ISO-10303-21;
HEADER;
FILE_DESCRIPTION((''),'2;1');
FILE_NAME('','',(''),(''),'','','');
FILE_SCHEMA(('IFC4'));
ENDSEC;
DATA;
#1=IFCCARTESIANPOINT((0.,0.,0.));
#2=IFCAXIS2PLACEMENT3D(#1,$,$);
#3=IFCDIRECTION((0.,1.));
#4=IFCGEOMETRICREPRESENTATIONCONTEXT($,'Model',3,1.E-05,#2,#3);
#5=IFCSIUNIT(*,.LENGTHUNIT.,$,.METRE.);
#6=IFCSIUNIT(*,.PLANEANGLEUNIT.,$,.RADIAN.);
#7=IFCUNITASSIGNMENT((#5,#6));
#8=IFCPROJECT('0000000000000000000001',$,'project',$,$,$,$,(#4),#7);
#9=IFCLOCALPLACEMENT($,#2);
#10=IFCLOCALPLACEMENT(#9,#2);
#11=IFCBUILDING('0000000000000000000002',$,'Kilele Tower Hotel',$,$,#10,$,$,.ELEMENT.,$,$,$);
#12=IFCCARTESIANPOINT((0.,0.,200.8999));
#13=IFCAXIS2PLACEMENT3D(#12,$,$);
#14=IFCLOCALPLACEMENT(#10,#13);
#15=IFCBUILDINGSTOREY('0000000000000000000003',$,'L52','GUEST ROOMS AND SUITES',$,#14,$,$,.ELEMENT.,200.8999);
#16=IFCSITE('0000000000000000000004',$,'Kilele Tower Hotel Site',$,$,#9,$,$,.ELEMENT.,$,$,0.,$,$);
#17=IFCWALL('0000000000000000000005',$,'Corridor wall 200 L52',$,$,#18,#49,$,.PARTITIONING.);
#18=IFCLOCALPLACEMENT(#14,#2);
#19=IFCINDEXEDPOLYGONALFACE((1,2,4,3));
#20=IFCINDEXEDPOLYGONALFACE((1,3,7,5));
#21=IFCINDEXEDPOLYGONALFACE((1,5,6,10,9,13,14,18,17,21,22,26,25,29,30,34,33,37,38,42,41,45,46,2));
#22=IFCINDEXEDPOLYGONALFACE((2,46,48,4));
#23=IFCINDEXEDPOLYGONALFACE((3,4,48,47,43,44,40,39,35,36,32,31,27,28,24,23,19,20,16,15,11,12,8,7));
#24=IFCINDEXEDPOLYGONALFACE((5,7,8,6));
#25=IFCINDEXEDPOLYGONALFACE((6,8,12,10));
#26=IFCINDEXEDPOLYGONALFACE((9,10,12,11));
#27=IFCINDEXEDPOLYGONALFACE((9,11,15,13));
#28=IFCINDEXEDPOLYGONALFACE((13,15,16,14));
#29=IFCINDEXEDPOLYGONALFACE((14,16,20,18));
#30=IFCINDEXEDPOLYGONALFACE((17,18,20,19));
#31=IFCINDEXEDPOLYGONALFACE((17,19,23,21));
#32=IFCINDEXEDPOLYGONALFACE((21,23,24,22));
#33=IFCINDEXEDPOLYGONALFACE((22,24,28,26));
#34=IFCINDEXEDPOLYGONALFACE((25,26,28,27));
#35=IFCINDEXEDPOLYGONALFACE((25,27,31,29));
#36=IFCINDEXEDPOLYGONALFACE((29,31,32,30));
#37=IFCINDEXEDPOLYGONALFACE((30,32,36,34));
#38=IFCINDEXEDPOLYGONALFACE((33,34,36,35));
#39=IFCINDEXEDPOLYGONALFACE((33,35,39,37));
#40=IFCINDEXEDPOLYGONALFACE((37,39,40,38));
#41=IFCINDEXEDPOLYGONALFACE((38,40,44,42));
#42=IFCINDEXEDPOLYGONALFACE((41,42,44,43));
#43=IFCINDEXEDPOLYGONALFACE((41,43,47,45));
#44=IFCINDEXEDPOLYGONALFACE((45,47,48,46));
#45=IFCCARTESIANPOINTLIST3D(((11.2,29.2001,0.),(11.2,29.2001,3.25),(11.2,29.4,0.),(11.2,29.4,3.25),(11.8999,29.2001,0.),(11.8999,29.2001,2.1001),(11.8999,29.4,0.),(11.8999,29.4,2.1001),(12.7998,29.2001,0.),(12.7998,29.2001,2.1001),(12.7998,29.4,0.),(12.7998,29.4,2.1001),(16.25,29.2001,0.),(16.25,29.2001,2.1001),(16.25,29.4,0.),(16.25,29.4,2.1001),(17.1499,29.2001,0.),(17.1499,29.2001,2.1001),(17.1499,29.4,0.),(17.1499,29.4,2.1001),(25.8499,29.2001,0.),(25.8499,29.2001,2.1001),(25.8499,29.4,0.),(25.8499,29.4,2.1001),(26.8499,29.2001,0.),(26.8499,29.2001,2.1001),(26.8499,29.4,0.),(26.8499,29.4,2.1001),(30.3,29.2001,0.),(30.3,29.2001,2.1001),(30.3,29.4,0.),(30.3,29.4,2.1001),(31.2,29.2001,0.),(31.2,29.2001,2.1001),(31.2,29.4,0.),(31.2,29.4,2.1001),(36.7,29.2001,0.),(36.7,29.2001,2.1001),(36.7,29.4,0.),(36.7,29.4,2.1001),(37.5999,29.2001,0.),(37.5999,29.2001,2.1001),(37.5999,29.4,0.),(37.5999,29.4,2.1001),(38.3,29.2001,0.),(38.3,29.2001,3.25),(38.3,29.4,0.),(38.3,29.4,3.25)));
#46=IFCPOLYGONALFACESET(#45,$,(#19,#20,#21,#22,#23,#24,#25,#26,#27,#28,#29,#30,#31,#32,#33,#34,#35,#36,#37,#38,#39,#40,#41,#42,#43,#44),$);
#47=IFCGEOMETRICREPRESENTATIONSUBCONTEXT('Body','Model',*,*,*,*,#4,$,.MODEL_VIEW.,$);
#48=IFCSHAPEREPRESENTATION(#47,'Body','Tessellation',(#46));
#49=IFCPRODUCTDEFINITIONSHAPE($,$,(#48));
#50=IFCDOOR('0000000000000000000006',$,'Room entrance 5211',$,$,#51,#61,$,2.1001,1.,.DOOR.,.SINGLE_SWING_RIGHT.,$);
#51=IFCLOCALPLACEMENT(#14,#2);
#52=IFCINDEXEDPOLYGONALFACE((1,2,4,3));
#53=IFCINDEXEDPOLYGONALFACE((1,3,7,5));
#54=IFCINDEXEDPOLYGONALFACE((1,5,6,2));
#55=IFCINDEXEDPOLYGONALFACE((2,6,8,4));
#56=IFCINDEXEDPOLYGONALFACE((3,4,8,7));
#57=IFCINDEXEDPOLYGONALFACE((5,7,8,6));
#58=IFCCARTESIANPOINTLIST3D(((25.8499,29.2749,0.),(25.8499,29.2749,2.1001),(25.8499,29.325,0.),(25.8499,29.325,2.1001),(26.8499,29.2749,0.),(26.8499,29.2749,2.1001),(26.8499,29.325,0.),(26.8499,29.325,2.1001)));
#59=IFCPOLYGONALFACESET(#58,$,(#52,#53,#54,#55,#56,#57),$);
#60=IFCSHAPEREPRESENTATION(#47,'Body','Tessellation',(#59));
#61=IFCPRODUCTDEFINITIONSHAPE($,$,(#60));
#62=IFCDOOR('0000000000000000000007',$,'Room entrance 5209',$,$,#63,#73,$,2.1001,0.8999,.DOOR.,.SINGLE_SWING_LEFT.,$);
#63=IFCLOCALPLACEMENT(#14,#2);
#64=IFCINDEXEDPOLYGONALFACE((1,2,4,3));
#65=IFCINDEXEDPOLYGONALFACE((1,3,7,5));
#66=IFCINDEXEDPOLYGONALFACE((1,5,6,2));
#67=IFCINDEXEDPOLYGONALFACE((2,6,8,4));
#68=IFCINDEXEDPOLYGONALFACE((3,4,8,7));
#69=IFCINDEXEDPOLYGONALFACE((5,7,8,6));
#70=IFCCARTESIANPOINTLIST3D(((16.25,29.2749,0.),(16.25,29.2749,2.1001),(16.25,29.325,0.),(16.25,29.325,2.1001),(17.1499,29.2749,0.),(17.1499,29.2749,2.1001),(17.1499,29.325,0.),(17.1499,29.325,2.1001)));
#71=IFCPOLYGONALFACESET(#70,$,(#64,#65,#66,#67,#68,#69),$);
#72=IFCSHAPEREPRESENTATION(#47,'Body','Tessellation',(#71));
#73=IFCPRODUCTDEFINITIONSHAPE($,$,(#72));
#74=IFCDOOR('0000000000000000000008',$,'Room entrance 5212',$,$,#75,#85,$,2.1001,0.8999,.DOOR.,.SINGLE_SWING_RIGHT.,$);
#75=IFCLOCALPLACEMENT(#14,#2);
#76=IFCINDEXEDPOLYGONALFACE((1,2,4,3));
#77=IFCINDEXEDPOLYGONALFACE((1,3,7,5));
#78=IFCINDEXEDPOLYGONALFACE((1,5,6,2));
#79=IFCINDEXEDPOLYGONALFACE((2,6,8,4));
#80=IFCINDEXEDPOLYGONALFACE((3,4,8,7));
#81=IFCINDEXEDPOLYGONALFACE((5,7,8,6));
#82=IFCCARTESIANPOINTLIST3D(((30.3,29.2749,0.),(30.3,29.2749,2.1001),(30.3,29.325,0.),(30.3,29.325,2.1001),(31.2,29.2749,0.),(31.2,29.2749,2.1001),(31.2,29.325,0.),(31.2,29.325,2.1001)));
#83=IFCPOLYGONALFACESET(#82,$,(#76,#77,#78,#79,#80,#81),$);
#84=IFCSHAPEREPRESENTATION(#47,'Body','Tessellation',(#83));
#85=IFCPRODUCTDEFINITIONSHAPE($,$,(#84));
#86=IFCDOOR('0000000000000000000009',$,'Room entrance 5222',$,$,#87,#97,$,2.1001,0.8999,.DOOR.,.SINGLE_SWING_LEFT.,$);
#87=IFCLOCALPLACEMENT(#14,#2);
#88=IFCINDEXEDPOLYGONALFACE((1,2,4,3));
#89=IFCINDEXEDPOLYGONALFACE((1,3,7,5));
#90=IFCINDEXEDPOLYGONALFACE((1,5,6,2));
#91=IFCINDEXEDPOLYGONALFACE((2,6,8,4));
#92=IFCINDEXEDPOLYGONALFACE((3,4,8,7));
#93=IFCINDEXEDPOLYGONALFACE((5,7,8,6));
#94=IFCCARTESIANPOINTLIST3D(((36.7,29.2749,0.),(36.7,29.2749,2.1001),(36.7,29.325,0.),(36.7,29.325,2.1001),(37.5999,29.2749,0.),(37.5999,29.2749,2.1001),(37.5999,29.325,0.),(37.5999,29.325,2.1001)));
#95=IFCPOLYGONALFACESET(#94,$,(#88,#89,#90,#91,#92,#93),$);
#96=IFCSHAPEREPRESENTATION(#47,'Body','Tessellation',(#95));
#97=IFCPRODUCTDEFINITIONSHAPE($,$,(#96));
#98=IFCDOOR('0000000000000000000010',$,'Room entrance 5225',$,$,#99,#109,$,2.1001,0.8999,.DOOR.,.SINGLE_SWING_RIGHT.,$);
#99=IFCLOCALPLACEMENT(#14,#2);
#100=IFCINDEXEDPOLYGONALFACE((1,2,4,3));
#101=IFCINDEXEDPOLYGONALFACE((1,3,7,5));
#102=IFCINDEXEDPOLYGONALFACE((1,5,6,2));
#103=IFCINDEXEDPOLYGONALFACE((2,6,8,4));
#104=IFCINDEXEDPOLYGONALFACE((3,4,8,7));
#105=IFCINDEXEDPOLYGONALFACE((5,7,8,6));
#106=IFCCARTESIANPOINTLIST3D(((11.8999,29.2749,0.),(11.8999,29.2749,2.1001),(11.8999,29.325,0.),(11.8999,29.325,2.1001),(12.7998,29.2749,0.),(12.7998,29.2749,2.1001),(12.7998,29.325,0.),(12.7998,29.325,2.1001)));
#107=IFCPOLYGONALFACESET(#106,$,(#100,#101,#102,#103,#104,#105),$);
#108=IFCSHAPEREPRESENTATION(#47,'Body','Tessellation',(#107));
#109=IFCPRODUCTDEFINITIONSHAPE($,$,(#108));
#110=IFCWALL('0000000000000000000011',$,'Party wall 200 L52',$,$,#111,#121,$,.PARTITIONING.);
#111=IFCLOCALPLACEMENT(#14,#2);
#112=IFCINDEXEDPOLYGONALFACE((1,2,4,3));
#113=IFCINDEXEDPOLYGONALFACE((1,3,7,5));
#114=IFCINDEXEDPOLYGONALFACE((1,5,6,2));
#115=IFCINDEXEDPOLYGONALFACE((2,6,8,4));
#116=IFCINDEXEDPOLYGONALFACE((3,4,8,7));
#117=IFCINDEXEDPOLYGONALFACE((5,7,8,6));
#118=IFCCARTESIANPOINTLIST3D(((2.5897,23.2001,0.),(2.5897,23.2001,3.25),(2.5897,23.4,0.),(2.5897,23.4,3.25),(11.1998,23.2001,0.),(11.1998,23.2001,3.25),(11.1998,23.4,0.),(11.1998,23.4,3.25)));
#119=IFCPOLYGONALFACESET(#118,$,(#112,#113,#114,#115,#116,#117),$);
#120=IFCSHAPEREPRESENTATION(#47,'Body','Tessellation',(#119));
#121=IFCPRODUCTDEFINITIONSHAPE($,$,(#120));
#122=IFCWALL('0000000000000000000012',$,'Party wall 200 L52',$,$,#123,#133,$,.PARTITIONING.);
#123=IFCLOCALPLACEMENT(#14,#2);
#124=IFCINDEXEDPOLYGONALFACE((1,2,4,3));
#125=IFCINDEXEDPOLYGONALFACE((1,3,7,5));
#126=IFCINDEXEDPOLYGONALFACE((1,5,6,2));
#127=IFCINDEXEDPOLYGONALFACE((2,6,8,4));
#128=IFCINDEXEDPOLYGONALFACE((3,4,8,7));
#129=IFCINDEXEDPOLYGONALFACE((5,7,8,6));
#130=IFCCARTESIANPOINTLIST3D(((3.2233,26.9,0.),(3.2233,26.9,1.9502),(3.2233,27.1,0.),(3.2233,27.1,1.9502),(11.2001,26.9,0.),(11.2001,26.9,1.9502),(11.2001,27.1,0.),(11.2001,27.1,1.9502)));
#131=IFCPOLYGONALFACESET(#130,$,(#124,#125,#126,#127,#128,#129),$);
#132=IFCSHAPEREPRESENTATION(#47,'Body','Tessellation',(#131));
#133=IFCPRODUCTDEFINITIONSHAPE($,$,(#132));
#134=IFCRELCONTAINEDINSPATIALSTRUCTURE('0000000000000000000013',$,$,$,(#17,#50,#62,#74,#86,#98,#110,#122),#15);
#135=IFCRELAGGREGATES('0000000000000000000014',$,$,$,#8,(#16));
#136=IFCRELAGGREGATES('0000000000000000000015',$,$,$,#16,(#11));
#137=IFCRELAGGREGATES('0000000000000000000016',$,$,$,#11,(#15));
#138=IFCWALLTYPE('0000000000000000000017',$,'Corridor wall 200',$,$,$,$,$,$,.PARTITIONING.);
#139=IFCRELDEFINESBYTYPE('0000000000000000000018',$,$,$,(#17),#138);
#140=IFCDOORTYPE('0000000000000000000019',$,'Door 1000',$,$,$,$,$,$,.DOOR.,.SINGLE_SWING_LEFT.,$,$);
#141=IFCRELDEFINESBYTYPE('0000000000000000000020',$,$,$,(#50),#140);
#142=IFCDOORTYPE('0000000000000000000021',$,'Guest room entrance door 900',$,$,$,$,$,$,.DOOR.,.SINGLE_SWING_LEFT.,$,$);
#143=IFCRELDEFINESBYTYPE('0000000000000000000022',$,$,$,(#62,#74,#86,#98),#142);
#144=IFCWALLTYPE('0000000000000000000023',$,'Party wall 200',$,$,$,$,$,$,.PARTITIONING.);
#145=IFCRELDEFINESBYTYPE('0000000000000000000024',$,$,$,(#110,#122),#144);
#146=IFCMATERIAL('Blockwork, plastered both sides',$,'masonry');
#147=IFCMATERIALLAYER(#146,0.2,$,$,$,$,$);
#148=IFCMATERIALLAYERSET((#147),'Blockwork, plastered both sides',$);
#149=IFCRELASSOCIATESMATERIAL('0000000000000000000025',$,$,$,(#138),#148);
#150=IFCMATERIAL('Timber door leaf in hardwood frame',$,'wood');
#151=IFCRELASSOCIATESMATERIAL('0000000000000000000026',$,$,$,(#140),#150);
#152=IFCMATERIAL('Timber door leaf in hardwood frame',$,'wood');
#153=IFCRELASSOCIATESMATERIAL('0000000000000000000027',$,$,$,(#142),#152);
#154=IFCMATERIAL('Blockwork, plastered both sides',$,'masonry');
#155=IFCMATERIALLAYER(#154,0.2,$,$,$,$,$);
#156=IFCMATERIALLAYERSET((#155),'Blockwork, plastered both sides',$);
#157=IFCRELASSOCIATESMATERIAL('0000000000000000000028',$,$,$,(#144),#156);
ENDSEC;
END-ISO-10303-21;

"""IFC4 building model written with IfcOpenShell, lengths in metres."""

from ifc_helpers import new_model, si_unit, direction, frame, frame_2d, origin, place, context, subcontext, project, spatial, rectangle, extrude, material, layer, layer_set, type_object, element, fill, save


model = new_model("IFC4")

# Units and contexts
model_context = context("Model", 3, precision=1e-05, world=origin(), true_north=direction((0.0, 1.0)))
body_context = subcontext(model_context, "Body", "Model", "MODEL_VIEW")
ifc_project = project(units=[si_unit("LENGTHUNIT", "METRE"), si_unit("PLANEANGLEUNIT", "RADIAN")], contexts=[model_context])

# Site, building, storey
site_placement = place(None, origin())
site = spatial("IfcSite", under=ifc_project, at=site_placement, Name="Kilele Tower Hotel Site", CompositionType="ELEMENT", RefElevation=0.0)
building_placement = place(site_placement, origin())
building = spatial("IfcBuilding", under=site, at=building_placement, Name="Kilele Tower Hotel", CompositionType="ELEMENT")
storey_placement = place(building_placement, frame((0.0, 0.0, 200.8999)))
storey = spatial("IfcBuildingStorey", under=building, at=storey_placement, Name="L52", Description="GUEST ROOMS AND SUITES", CompositionType="ELEMENT", Elevation=200.8999)

# Wall, openings, doors
ifc_material_1 = material(Name="Blockwork, plastered both sides", Category="masonry")
ifc_layer_1 = layer(ifc_material_1, 0.2)
ifc_layer_set_1 = layer_set([ifc_layer_1], Name="Blockwork, plastered both sides")
wall_type_1 = type_object("IfcWallType", Name="Corridor wall 200", PredefinedType="PARTITIONING", material=ifc_layer_set_1)
wall_1_placement = place(storey_placement, frame((11.2, 29.3, 0.0), z_axis=(0.0, 0.0, 1.0), x_axis=(1.0, 0.0, 0.0)))
wall_1 = element("IfcWall", 1, at=wall_1_placement, inside=storey, type_object=wall_type_1, Name="Corridor wall 200 L52", PredefinedType="PARTITIONING", context=body_context, shape_type="SweptSolid", body=[
    extrude(rectangle(XDim=27.1001, YDim=0.2, at=frame_2d((13.55, 0.0))), origin(), (0.0, 0.0, 1.0), 3.25),
])
opening_1_placement = place(wall_1_placement, frame((5.05, 0.0, 0.0)))
opening_1 = element("IfcOpeningElement", 2, at=opening_1_placement, cuts=wall_1, PredefinedType="OPENING", context=body_context, shape_type="SweptSolid", body=[
    extrude(rectangle(XDim=0.8999, YDim=2.1001, at=frame_2d((0.45, 1.05))), frame((0.0, 0.1099, 0.0), z_axis=(0.0, -1.0, 0.0), x_axis=(1.0, 0.0, 0.0)), (0.0, 0.0, 1.0), 0.22),
])
opening_2_placement = place(wall_1_placement, frame((14.6499, 0.0, 0.0)))
opening_2 = element("IfcOpeningElement", 3, at=opening_2_placement, cuts=wall_1, PredefinedType="OPENING", context=body_context, shape_type="SweptSolid", body=[
    extrude(rectangle(XDim=1.0, YDim=2.1001, at=frame_2d((0.5, 1.05))), frame((0.0, 0.1099, 0.0), z_axis=(0.0, -1.0, 0.0), x_axis=(1.0, 0.0, 0.0)), (0.0, 0.0, 1.0), 0.22),
])
opening_3_placement = place(wall_1_placement, frame((19.1001, 0.0, 0.0)))
opening_3 = element("IfcOpeningElement", 4, at=opening_3_placement, cuts=wall_1, PredefinedType="OPENING", context=body_context, shape_type="SweptSolid", body=[
    extrude(rectangle(XDim=0.8999, YDim=2.1001, at=frame_2d((0.45, 1.05))), frame((0.0, 0.1099, 0.0), z_axis=(0.0, -1.0, 0.0), x_axis=(1.0, 0.0, 0.0)), (0.0, 0.0, 1.0), 0.22),
])
opening_4_placement = place(wall_1_placement, frame((25.5, 0.0, 0.0)))
opening_4 = element("IfcOpeningElement", 5, at=opening_4_placement, cuts=wall_1, PredefinedType="OPENING", context=body_context, shape_type="SweptSolid", body=[
    extrude(rectangle(XDim=0.8999, YDim=2.1001, at=frame_2d((0.45, 1.05))), frame((0.0, 0.1099, 0.0), z_axis=(0.0, -1.0, 0.0), x_axis=(1.0, 0.0, 0.0)), (0.0, 0.0, 1.0), 0.22),
])
opening_5_placement = place(wall_1_placement, frame((0.7, 0.0, 0.0)))
opening_5 = element("IfcOpeningElement", 6, at=opening_5_placement, cuts=wall_1, PredefinedType="OPENING", context=body_context, shape_type="SweptSolid", body=[
    extrude(rectangle(XDim=0.8999, YDim=2.1001, at=frame_2d((0.45, 1.05))), frame((0.0, 0.1099, 0.0), z_axis=(0.0, -1.0, 0.0), x_axis=(1.0, 0.0, 0.0)), (0.0, 0.0, 1.0), 0.22),
])
ifc_material_2 = material(Name="Timber door leaf in hardwood frame", Category="wood")
door_type_1 = type_object("IfcDoorType", Name="Door 1000", OperationType="SINGLE_SWING_LEFT", PredefinedType="DOOR", material=ifc_material_2)
door_1_placement = place(opening_2_placement, origin())
door_1 = element("IfcDoor", 7, at=door_1_placement, inside=storey, type_object=door_type_1, Name="Room entrance 5211", OperationType="SINGLE_SWING_RIGHT", OverallHeight=2.1001, OverallWidth=1.0, PredefinedType="DOOR", context=body_context, shape_type="SweptSolid", body=[
    extrude(rectangle(XDim=1.0, YDim=2.1001, at=frame_2d((0.5, 1.05))), frame((0.0, 0.0249, 0.0), z_axis=(0.0, -1.0, 0.0), x_axis=(1.0, 0.0, 0.0)), (0.0, 0.0, 1.0), 0.05),
])
fill(opening_2, door_1)
ifc_material_3 = material(Name="Timber door leaf in hardwood frame", Category="wood")
door_type_2 = type_object("IfcDoorType", Name="Guest room entrance door 900", OperationType="SINGLE_SWING_LEFT", PredefinedType="DOOR", material=ifc_material_3)
door_2_placement = place(opening_1_placement, origin())
door_2 = element("IfcDoor", 8, at=door_2_placement, inside=storey, type_object=door_type_2, Name="Room entrance 5209", OperationType="SINGLE_SWING_LEFT", OverallHeight=2.1001, OverallWidth=0.8999, PredefinedType="DOOR", context=body_context, shape_type="SweptSolid", body=[
    extrude(rectangle(XDim=0.8999, YDim=2.1001, at=frame_2d((0.45, 1.05))), frame((0.0, 0.0249, 0.0), z_axis=(0.0, -1.0, 0.0), x_axis=(1.0, 0.0, 0.0)), (0.0, 0.0, 1.0), 0.05),
])
fill(opening_1, door_2)
door_3_placement = place(opening_3_placement, origin())
door_3 = element("IfcDoor", 9, at=door_3_placement, inside=storey, type_object=door_type_2, Name="Room entrance 5212", OperationType="SINGLE_SWING_RIGHT", OverallHeight=2.1001, OverallWidth=0.8999, PredefinedType="DOOR", context=body_context, shape_type="SweptSolid", body=[
    extrude(rectangle(XDim=0.8999, YDim=2.1001, at=frame_2d((0.45, 1.05))), frame((0.0, 0.0249, 0.0), z_axis=(0.0, -1.0, 0.0), x_axis=(1.0, 0.0, 0.0)), (0.0, 0.0, 1.0), 0.05),
])
fill(opening_3, door_3)
door_4_placement = place(opening_4_placement, origin())
door_4 = element("IfcDoor", 10, at=door_4_placement, inside=storey, type_object=door_type_2, Name="Room entrance 5222", OperationType="SINGLE_SWING_LEFT", OverallHeight=2.1001, OverallWidth=0.8999, PredefinedType="DOOR", context=body_context, shape_type="SweptSolid", body=[
    extrude(rectangle(XDim=0.8999, YDim=2.1001, at=frame_2d((0.45, 1.05))), frame((0.0, 0.0249, 0.0), z_axis=(0.0, -1.0, 0.0), x_axis=(1.0, 0.0, 0.0)), (0.0, 0.0, 1.0), 0.05),
])
fill(opening_4, door_4)
door_5_placement = place(opening_5_placement, origin())
door_5 = element("IfcDoor", 11, at=door_5_placement, inside=storey, type_object=door_type_2, Name="Room entrance 5225", OperationType="SINGLE_SWING_RIGHT", OverallHeight=2.1001, OverallWidth=0.8999, PredefinedType="DOOR", context=body_context, shape_type="SweptSolid", body=[
    extrude(rectangle(XDim=0.8999, YDim=2.1001, at=frame_2d((0.45, 1.05))), frame((0.0, 0.0249, 0.0), z_axis=(0.0, -1.0, 0.0), x_axis=(1.0, 0.0, 0.0)), (0.0, 0.0, 1.0), 0.05),
])
fill(opening_5, door_5)

# Walls
ifc_material_4 = material(Name="Blockwork, plastered both sides", Category="masonry")
ifc_layer_2 = layer(ifc_material_4, 0.2)
ifc_layer_set_2 = layer_set([ifc_layer_2], Name="Blockwork, plastered both sides")
wall_type_2 = type_object("IfcWallType", Name="Party wall 200", PredefinedType="PARTITIONING", material=ifc_layer_set_2)
wall_2_placement = place(storey_placement, frame((11.2, 23.3, 0.0), z_axis=(0.0, 0.0, 1.0), x_axis=(-1.0, 0.0, 0.0)))
element("IfcWall", 12, at=wall_2_placement, inside=storey, type_object=wall_type_2, Name="Party wall 200 L52", PredefinedType="PARTITIONING", context=body_context, shape_type="SweptSolid", body=[
    extrude(rectangle(XDim=8.6101, YDim=0.2, at=frame_2d((4.3052, 0.0))), origin(), (0.0, 0.0, 1.0), 3.25),
])
wall_3_placement = place(storey_placement, frame((11.2, 27.0, 0.0), z_axis=(0.0, 0.0, 1.0), x_axis=(-1.0, 0.0, 0.0)))
element("IfcWall", 13, at=wall_3_placement, inside=storey, type_object=wall_type_2, Name="Party wall 200 L52", PredefinedType="PARTITIONING", context=body_context, shape_type="SweptSolid", body=[
    extrude(rectangle(XDim=7.9768, YDim=0.2, at=frame_2d((3.9883, 0.0))), origin(), (0.0, 0.0, 1.0), 1.9502),
])

save(model, "model.ifc")
